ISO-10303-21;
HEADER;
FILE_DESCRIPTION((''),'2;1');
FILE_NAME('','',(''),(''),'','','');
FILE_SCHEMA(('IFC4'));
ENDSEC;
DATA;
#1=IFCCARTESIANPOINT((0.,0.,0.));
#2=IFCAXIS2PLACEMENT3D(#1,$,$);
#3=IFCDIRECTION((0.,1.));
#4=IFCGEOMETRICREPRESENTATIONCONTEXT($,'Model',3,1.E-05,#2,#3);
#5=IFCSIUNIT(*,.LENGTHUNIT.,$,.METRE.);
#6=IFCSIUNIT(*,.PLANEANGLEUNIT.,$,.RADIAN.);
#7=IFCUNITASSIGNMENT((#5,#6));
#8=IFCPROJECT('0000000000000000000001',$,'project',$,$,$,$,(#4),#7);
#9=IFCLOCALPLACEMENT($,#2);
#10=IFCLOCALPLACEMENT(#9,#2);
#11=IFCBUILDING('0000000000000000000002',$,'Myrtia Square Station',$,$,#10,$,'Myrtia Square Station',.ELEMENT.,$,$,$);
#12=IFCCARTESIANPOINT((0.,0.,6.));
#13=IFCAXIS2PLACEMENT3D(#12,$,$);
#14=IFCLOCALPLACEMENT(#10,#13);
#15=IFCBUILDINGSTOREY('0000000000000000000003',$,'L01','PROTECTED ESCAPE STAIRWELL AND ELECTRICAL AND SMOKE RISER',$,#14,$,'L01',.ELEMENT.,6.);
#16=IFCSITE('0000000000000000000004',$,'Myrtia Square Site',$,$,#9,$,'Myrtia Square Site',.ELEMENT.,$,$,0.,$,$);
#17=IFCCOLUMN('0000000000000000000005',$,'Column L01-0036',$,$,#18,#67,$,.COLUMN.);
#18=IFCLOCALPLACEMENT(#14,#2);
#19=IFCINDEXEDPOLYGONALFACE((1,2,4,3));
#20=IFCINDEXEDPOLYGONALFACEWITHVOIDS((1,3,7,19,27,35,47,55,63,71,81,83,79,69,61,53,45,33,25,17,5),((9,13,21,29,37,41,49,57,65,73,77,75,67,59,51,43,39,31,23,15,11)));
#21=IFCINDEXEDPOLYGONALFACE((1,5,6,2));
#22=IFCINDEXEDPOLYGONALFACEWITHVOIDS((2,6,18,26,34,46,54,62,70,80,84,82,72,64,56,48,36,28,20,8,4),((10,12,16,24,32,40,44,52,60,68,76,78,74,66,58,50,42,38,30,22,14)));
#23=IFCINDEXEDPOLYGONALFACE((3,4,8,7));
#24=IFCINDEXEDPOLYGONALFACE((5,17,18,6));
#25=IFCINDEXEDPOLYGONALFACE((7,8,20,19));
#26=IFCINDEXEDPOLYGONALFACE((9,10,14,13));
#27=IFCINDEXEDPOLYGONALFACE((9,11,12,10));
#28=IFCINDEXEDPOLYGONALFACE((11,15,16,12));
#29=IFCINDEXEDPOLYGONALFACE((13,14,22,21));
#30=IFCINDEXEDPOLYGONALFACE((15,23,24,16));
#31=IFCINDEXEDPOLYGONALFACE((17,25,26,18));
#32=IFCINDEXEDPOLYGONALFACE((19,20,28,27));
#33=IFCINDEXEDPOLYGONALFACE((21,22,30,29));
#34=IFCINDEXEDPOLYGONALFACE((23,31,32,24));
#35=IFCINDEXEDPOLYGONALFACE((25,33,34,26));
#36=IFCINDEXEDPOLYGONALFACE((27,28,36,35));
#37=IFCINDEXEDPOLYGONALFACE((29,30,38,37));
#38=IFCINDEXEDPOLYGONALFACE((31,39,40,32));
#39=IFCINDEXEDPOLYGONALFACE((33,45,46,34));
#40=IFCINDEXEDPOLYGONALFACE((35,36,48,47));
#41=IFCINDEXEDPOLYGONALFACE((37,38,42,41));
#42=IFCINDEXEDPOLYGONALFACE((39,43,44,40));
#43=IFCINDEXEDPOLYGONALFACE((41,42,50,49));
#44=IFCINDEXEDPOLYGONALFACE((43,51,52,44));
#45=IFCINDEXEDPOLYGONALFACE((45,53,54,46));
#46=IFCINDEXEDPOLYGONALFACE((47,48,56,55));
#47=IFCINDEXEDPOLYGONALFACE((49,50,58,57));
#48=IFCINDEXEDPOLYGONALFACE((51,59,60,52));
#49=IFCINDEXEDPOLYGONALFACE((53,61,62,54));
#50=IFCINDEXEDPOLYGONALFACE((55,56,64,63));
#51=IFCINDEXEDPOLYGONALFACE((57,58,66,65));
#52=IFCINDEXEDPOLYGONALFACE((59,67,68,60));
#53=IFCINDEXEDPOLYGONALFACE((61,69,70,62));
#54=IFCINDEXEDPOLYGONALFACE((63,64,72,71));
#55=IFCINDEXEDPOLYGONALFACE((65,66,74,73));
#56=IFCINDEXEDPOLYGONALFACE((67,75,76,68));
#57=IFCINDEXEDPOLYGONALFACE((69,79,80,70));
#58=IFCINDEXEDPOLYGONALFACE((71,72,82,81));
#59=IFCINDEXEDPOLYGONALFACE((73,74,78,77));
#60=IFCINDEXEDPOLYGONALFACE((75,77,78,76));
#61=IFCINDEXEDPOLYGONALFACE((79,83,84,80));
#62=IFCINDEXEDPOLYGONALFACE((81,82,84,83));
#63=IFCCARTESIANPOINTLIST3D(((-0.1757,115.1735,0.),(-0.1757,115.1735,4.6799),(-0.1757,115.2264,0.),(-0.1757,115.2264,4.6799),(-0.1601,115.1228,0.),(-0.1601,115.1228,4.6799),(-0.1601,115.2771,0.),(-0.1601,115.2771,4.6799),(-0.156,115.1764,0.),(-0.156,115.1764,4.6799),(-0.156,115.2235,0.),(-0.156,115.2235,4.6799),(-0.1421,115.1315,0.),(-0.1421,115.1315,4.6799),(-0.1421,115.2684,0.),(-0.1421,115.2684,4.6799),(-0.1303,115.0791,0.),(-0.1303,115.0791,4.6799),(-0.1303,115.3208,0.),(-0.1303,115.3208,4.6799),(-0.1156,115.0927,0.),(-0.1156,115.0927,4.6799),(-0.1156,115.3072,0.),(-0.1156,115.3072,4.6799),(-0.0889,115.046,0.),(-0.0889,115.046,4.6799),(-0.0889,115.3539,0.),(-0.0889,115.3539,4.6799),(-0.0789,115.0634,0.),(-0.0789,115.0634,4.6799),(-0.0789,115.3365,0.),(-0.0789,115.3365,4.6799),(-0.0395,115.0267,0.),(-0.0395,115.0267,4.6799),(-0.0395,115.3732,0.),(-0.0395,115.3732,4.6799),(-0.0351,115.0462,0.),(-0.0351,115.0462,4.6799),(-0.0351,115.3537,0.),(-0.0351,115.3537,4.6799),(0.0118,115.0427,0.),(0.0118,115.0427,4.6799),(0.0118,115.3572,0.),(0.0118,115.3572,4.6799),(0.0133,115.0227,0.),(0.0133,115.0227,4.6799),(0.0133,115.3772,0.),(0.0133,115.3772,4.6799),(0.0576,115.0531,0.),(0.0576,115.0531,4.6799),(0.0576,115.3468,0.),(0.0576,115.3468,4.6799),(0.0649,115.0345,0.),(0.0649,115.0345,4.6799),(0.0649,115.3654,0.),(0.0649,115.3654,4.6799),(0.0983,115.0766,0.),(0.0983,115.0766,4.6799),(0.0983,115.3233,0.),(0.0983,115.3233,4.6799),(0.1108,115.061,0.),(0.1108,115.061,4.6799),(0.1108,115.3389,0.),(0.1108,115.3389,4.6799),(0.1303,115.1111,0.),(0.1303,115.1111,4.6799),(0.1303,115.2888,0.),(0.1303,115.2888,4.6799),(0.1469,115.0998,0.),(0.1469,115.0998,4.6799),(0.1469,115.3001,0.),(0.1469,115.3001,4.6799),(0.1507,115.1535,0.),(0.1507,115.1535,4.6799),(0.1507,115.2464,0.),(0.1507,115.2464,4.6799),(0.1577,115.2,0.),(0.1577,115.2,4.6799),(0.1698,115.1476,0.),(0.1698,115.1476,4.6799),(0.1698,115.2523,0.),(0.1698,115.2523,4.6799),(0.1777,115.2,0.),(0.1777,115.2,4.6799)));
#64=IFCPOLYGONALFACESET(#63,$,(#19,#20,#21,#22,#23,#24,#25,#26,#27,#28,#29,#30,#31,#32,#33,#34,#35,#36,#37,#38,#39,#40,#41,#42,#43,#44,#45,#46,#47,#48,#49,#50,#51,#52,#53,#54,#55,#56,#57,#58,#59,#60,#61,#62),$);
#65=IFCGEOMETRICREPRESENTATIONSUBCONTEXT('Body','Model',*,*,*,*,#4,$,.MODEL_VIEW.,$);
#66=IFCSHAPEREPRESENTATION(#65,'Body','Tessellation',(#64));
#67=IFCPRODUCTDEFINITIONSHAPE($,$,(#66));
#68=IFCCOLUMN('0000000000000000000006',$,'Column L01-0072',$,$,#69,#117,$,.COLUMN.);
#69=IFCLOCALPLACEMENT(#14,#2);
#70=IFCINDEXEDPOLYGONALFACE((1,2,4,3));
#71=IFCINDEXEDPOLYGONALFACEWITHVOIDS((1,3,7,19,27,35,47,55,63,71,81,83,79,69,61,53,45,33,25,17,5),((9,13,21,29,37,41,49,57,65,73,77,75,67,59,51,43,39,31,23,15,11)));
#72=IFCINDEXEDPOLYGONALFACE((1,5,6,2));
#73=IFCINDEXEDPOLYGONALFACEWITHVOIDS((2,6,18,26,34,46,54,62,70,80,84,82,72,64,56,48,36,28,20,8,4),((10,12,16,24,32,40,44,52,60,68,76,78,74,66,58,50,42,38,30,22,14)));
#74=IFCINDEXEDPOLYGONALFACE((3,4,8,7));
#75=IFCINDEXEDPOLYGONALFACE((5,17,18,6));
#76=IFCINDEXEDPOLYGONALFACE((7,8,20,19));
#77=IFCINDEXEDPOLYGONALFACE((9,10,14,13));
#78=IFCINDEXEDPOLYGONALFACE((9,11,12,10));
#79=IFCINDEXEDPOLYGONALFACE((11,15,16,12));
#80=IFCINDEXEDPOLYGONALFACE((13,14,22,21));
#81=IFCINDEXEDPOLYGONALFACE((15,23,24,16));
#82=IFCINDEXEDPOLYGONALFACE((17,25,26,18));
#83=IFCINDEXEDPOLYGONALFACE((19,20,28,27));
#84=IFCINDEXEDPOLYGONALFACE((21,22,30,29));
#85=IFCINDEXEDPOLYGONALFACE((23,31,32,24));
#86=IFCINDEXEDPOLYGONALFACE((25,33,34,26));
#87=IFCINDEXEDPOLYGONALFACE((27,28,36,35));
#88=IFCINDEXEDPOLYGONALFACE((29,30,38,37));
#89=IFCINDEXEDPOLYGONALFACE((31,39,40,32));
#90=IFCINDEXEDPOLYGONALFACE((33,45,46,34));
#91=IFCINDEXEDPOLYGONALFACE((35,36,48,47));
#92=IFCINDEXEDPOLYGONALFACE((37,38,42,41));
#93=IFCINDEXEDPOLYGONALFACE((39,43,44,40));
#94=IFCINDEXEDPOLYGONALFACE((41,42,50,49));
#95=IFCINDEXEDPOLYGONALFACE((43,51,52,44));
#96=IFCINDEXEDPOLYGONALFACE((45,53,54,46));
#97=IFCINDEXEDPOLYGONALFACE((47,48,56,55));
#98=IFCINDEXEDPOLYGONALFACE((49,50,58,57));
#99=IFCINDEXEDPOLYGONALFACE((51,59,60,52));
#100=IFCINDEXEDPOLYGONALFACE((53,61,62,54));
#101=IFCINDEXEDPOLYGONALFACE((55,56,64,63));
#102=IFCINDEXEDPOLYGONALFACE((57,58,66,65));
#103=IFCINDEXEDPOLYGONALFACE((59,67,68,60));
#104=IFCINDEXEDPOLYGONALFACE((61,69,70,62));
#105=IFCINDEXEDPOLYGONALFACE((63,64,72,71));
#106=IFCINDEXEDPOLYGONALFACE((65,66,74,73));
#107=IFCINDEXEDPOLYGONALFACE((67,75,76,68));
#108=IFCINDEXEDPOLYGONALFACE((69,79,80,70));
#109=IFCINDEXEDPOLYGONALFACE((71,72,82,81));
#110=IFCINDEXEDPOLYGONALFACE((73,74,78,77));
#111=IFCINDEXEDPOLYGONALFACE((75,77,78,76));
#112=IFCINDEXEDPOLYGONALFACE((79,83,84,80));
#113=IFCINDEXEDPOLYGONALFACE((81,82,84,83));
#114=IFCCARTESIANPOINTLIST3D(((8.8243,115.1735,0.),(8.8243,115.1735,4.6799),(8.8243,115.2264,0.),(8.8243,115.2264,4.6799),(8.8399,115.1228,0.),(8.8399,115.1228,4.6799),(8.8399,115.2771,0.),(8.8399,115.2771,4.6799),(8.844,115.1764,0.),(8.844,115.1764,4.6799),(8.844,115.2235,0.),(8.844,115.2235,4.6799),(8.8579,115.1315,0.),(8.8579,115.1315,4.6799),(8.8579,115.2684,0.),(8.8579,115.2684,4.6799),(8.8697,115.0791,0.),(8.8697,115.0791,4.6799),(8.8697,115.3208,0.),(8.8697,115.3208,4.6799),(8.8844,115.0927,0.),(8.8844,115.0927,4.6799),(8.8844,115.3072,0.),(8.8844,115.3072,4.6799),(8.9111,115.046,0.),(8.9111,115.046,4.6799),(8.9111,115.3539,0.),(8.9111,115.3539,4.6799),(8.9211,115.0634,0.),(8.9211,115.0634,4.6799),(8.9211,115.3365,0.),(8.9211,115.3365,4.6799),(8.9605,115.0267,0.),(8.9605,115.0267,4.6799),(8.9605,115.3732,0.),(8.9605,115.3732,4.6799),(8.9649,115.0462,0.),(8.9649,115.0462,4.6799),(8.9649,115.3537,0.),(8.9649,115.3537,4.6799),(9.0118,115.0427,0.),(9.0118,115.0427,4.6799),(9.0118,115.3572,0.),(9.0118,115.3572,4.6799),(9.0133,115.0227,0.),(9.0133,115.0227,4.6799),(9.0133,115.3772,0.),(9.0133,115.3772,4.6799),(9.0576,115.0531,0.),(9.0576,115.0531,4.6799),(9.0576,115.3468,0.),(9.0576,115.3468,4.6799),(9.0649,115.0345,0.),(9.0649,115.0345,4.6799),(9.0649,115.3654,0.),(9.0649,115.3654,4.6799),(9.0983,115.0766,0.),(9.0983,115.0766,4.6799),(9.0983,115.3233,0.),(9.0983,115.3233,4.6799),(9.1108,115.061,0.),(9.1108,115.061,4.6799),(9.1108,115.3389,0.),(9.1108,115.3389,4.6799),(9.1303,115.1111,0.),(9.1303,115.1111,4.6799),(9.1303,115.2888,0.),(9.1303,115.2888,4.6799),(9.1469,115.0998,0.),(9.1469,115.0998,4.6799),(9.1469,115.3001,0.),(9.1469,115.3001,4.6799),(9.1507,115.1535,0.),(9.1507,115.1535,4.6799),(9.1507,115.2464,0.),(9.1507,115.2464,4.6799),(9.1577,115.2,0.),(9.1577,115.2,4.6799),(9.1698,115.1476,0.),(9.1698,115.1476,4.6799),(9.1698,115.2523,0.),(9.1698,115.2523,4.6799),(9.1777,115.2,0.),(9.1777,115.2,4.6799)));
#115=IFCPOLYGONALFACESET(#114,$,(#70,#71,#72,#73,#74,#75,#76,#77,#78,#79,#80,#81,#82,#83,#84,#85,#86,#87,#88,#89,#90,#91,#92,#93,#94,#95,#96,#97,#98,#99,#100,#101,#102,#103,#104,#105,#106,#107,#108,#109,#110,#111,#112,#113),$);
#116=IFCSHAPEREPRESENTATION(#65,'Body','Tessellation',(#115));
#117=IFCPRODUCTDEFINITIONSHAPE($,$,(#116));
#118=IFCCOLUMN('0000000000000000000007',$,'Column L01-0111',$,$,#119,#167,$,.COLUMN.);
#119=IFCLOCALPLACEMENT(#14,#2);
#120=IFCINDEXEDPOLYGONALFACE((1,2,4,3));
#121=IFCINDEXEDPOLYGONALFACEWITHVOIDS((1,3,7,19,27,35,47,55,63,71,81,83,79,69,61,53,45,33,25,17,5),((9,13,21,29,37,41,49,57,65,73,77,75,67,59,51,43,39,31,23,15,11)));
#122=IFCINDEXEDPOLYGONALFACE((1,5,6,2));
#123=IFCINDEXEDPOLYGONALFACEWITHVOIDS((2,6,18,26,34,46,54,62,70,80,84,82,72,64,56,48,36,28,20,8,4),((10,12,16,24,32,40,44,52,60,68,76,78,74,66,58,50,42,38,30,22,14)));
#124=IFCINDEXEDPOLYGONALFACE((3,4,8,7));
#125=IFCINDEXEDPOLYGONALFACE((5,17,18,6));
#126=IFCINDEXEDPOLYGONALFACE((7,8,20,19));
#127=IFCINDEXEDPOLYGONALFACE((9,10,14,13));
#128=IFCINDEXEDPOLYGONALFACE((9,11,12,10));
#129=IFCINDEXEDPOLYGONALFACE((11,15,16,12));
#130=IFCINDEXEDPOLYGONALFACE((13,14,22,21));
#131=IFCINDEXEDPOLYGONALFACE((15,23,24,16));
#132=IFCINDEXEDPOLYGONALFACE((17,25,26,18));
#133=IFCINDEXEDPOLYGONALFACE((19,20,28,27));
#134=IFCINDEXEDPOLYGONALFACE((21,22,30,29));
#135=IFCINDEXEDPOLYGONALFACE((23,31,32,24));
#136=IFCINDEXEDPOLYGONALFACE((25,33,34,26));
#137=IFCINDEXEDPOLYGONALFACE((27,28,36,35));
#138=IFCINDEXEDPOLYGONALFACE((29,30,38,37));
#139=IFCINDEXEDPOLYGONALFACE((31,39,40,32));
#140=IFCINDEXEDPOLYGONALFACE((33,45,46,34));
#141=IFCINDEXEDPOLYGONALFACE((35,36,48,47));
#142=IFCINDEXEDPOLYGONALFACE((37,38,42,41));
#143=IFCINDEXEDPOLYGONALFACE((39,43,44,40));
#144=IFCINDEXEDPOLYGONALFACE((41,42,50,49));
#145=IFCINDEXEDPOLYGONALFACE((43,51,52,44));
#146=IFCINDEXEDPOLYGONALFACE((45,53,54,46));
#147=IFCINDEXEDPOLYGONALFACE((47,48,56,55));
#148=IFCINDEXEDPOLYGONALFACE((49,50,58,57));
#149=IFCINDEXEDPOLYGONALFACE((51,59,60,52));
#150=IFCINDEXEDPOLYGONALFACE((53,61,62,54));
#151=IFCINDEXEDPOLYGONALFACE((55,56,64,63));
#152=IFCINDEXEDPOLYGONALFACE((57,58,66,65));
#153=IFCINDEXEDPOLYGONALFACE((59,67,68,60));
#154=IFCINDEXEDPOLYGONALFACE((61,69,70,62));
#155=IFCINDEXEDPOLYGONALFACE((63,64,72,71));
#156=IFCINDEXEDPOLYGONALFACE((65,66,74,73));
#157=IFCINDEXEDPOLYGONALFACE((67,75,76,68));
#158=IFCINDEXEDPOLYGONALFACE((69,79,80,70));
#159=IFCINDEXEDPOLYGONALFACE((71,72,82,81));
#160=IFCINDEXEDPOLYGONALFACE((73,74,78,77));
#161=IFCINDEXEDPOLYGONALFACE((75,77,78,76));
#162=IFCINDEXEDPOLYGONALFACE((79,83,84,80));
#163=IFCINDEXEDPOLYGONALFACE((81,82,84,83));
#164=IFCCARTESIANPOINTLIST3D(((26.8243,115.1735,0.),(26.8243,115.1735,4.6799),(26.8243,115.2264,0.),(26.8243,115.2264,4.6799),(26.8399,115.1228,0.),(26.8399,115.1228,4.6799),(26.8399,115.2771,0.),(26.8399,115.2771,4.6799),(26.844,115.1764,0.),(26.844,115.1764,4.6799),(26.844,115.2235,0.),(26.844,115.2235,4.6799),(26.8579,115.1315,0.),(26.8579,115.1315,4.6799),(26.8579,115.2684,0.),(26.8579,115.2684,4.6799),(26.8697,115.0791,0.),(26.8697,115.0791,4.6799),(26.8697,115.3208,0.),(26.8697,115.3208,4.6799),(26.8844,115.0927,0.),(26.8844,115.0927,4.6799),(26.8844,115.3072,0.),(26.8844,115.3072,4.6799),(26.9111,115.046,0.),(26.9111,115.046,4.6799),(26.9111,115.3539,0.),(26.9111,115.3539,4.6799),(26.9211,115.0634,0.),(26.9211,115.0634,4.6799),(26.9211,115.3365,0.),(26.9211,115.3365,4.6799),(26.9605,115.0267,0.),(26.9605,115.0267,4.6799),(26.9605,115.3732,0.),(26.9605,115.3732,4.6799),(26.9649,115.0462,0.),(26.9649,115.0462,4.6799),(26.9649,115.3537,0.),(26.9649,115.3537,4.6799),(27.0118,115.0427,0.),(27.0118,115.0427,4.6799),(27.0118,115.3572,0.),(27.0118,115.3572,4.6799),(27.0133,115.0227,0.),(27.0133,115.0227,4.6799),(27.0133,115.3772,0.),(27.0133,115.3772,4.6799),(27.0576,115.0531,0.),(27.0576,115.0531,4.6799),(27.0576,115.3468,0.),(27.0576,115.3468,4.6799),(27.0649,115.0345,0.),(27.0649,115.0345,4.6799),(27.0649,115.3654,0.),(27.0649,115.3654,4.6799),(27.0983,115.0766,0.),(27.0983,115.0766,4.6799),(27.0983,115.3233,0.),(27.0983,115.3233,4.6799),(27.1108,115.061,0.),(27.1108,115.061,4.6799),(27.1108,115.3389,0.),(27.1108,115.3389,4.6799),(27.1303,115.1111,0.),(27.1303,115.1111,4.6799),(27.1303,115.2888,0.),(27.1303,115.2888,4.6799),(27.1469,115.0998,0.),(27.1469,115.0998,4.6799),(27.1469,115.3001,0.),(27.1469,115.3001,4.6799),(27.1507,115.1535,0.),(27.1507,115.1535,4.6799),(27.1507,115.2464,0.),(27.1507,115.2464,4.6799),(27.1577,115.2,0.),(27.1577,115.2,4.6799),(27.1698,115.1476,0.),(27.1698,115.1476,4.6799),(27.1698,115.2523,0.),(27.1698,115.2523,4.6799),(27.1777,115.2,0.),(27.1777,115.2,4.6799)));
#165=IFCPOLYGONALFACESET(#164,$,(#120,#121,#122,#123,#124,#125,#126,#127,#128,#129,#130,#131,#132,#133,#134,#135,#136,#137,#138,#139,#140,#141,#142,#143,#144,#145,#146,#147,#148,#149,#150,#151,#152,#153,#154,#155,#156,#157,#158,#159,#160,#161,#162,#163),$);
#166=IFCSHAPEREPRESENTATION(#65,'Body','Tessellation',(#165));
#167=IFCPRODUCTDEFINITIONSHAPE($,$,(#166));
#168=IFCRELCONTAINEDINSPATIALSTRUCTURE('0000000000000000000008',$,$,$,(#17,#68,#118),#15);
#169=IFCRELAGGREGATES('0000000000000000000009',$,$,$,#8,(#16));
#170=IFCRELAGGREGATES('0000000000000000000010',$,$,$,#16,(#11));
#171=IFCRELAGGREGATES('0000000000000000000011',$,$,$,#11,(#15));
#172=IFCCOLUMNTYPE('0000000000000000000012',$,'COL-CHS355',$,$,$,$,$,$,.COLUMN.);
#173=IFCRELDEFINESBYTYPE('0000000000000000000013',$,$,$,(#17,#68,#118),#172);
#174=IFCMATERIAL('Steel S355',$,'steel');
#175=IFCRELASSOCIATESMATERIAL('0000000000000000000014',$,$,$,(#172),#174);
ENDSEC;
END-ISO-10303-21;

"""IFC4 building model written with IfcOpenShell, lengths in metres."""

from ifc_helpers import new_model, si_unit, direction, frame, origin, origin_2d, place, context, subcontext, project, spatial, hollow_circle, extrude, material, material_profile, profile_set, type_object, element, save


model = new_model("IFC4")

# Units and contexts
model_context = context("Model", 3, precision=1e-05, world=origin(), true_north=direction((0.0, 1.0)))
body_context = subcontext(model_context, "Body", "Model", "MODEL_VIEW")
ifc_project = project(units=[si_unit("LENGTHUNIT", "METRE"), si_unit("PLANEANGLEUNIT", "RADIAN")], contexts=[model_context])

# Site, building, storey
site_placement = place(None, origin())
site = spatial("IfcSite", under=ifc_project, at=site_placement, Name="Myrtia Square Site", LongName="Myrtia Square Site", CompositionType="ELEMENT", RefElevation=0.0)
building_placement = place(site_placement, origin())
building = spatial("IfcBuilding", under=site, at=building_placement, Name="Myrtia Square Station", LongName="Myrtia Square Station", CompositionType="ELEMENT")
storey_placement = place(building_placement, frame((0.0, 0.0, 6.0)))
storey = spatial("IfcBuildingStorey", under=building, at=storey_placement, Name="L01", Description="PROTECTED ESCAPE STAIRWELL AND ELECTRICAL AND SMOKE RISER", LongName="L01", CompositionType="ELEMENT", Elevation=6.0)

# Columns
ifc_material_1 = material(Name="Steel S355", Category="steel")
ifc_material_profile_1 = material_profile(ifc_material_1, hollow_circle(Radius=0.1777, WallThickness=0.02, at=origin_2d()), Name="CHS 355.6x20")
ifc_profile_set_1 = profile_set([ifc_material_profile_1], Name="Steel S355")
column_type = type_object("IfcColumnType", Name="COL-CHS355", PredefinedType="COLUMN", material=ifc_profile_set_1)
for number, where, z_axis, x_axis, name in (
    (1, (0.0, 115.2, 0.0), (0.0, 0.0, 1.0), (1.0, 0.0, 0.0), "Column L01-0036"),
    (2, (9.0, 115.2, 0.0), (0.0, 0.0, 1.0), (1.0, 0.0, 0.0), "Column L01-0072"),
    (3, (27.0, 115.2, 0.0), (0.0, 0.0, 1.0), (1.0, 0.0, 0.0), "Column L01-0111"),
):
    element("IfcColumn", number, at=place(storey_placement, frame(where, z_axis=z_axis, x_axis=x_axis)), inside=storey, type_object=column_type, Name=name, PredefinedType="COLUMN", context=body_context, shape_type="SweptSolid", body=[
        extrude(hollow_circle(Radius=0.1777, WallThickness=0.02, at=origin_2d()), origin(), (0.0, 0.0, 1.0), 4.6799),
    ])

save(model, "model.ifc")
